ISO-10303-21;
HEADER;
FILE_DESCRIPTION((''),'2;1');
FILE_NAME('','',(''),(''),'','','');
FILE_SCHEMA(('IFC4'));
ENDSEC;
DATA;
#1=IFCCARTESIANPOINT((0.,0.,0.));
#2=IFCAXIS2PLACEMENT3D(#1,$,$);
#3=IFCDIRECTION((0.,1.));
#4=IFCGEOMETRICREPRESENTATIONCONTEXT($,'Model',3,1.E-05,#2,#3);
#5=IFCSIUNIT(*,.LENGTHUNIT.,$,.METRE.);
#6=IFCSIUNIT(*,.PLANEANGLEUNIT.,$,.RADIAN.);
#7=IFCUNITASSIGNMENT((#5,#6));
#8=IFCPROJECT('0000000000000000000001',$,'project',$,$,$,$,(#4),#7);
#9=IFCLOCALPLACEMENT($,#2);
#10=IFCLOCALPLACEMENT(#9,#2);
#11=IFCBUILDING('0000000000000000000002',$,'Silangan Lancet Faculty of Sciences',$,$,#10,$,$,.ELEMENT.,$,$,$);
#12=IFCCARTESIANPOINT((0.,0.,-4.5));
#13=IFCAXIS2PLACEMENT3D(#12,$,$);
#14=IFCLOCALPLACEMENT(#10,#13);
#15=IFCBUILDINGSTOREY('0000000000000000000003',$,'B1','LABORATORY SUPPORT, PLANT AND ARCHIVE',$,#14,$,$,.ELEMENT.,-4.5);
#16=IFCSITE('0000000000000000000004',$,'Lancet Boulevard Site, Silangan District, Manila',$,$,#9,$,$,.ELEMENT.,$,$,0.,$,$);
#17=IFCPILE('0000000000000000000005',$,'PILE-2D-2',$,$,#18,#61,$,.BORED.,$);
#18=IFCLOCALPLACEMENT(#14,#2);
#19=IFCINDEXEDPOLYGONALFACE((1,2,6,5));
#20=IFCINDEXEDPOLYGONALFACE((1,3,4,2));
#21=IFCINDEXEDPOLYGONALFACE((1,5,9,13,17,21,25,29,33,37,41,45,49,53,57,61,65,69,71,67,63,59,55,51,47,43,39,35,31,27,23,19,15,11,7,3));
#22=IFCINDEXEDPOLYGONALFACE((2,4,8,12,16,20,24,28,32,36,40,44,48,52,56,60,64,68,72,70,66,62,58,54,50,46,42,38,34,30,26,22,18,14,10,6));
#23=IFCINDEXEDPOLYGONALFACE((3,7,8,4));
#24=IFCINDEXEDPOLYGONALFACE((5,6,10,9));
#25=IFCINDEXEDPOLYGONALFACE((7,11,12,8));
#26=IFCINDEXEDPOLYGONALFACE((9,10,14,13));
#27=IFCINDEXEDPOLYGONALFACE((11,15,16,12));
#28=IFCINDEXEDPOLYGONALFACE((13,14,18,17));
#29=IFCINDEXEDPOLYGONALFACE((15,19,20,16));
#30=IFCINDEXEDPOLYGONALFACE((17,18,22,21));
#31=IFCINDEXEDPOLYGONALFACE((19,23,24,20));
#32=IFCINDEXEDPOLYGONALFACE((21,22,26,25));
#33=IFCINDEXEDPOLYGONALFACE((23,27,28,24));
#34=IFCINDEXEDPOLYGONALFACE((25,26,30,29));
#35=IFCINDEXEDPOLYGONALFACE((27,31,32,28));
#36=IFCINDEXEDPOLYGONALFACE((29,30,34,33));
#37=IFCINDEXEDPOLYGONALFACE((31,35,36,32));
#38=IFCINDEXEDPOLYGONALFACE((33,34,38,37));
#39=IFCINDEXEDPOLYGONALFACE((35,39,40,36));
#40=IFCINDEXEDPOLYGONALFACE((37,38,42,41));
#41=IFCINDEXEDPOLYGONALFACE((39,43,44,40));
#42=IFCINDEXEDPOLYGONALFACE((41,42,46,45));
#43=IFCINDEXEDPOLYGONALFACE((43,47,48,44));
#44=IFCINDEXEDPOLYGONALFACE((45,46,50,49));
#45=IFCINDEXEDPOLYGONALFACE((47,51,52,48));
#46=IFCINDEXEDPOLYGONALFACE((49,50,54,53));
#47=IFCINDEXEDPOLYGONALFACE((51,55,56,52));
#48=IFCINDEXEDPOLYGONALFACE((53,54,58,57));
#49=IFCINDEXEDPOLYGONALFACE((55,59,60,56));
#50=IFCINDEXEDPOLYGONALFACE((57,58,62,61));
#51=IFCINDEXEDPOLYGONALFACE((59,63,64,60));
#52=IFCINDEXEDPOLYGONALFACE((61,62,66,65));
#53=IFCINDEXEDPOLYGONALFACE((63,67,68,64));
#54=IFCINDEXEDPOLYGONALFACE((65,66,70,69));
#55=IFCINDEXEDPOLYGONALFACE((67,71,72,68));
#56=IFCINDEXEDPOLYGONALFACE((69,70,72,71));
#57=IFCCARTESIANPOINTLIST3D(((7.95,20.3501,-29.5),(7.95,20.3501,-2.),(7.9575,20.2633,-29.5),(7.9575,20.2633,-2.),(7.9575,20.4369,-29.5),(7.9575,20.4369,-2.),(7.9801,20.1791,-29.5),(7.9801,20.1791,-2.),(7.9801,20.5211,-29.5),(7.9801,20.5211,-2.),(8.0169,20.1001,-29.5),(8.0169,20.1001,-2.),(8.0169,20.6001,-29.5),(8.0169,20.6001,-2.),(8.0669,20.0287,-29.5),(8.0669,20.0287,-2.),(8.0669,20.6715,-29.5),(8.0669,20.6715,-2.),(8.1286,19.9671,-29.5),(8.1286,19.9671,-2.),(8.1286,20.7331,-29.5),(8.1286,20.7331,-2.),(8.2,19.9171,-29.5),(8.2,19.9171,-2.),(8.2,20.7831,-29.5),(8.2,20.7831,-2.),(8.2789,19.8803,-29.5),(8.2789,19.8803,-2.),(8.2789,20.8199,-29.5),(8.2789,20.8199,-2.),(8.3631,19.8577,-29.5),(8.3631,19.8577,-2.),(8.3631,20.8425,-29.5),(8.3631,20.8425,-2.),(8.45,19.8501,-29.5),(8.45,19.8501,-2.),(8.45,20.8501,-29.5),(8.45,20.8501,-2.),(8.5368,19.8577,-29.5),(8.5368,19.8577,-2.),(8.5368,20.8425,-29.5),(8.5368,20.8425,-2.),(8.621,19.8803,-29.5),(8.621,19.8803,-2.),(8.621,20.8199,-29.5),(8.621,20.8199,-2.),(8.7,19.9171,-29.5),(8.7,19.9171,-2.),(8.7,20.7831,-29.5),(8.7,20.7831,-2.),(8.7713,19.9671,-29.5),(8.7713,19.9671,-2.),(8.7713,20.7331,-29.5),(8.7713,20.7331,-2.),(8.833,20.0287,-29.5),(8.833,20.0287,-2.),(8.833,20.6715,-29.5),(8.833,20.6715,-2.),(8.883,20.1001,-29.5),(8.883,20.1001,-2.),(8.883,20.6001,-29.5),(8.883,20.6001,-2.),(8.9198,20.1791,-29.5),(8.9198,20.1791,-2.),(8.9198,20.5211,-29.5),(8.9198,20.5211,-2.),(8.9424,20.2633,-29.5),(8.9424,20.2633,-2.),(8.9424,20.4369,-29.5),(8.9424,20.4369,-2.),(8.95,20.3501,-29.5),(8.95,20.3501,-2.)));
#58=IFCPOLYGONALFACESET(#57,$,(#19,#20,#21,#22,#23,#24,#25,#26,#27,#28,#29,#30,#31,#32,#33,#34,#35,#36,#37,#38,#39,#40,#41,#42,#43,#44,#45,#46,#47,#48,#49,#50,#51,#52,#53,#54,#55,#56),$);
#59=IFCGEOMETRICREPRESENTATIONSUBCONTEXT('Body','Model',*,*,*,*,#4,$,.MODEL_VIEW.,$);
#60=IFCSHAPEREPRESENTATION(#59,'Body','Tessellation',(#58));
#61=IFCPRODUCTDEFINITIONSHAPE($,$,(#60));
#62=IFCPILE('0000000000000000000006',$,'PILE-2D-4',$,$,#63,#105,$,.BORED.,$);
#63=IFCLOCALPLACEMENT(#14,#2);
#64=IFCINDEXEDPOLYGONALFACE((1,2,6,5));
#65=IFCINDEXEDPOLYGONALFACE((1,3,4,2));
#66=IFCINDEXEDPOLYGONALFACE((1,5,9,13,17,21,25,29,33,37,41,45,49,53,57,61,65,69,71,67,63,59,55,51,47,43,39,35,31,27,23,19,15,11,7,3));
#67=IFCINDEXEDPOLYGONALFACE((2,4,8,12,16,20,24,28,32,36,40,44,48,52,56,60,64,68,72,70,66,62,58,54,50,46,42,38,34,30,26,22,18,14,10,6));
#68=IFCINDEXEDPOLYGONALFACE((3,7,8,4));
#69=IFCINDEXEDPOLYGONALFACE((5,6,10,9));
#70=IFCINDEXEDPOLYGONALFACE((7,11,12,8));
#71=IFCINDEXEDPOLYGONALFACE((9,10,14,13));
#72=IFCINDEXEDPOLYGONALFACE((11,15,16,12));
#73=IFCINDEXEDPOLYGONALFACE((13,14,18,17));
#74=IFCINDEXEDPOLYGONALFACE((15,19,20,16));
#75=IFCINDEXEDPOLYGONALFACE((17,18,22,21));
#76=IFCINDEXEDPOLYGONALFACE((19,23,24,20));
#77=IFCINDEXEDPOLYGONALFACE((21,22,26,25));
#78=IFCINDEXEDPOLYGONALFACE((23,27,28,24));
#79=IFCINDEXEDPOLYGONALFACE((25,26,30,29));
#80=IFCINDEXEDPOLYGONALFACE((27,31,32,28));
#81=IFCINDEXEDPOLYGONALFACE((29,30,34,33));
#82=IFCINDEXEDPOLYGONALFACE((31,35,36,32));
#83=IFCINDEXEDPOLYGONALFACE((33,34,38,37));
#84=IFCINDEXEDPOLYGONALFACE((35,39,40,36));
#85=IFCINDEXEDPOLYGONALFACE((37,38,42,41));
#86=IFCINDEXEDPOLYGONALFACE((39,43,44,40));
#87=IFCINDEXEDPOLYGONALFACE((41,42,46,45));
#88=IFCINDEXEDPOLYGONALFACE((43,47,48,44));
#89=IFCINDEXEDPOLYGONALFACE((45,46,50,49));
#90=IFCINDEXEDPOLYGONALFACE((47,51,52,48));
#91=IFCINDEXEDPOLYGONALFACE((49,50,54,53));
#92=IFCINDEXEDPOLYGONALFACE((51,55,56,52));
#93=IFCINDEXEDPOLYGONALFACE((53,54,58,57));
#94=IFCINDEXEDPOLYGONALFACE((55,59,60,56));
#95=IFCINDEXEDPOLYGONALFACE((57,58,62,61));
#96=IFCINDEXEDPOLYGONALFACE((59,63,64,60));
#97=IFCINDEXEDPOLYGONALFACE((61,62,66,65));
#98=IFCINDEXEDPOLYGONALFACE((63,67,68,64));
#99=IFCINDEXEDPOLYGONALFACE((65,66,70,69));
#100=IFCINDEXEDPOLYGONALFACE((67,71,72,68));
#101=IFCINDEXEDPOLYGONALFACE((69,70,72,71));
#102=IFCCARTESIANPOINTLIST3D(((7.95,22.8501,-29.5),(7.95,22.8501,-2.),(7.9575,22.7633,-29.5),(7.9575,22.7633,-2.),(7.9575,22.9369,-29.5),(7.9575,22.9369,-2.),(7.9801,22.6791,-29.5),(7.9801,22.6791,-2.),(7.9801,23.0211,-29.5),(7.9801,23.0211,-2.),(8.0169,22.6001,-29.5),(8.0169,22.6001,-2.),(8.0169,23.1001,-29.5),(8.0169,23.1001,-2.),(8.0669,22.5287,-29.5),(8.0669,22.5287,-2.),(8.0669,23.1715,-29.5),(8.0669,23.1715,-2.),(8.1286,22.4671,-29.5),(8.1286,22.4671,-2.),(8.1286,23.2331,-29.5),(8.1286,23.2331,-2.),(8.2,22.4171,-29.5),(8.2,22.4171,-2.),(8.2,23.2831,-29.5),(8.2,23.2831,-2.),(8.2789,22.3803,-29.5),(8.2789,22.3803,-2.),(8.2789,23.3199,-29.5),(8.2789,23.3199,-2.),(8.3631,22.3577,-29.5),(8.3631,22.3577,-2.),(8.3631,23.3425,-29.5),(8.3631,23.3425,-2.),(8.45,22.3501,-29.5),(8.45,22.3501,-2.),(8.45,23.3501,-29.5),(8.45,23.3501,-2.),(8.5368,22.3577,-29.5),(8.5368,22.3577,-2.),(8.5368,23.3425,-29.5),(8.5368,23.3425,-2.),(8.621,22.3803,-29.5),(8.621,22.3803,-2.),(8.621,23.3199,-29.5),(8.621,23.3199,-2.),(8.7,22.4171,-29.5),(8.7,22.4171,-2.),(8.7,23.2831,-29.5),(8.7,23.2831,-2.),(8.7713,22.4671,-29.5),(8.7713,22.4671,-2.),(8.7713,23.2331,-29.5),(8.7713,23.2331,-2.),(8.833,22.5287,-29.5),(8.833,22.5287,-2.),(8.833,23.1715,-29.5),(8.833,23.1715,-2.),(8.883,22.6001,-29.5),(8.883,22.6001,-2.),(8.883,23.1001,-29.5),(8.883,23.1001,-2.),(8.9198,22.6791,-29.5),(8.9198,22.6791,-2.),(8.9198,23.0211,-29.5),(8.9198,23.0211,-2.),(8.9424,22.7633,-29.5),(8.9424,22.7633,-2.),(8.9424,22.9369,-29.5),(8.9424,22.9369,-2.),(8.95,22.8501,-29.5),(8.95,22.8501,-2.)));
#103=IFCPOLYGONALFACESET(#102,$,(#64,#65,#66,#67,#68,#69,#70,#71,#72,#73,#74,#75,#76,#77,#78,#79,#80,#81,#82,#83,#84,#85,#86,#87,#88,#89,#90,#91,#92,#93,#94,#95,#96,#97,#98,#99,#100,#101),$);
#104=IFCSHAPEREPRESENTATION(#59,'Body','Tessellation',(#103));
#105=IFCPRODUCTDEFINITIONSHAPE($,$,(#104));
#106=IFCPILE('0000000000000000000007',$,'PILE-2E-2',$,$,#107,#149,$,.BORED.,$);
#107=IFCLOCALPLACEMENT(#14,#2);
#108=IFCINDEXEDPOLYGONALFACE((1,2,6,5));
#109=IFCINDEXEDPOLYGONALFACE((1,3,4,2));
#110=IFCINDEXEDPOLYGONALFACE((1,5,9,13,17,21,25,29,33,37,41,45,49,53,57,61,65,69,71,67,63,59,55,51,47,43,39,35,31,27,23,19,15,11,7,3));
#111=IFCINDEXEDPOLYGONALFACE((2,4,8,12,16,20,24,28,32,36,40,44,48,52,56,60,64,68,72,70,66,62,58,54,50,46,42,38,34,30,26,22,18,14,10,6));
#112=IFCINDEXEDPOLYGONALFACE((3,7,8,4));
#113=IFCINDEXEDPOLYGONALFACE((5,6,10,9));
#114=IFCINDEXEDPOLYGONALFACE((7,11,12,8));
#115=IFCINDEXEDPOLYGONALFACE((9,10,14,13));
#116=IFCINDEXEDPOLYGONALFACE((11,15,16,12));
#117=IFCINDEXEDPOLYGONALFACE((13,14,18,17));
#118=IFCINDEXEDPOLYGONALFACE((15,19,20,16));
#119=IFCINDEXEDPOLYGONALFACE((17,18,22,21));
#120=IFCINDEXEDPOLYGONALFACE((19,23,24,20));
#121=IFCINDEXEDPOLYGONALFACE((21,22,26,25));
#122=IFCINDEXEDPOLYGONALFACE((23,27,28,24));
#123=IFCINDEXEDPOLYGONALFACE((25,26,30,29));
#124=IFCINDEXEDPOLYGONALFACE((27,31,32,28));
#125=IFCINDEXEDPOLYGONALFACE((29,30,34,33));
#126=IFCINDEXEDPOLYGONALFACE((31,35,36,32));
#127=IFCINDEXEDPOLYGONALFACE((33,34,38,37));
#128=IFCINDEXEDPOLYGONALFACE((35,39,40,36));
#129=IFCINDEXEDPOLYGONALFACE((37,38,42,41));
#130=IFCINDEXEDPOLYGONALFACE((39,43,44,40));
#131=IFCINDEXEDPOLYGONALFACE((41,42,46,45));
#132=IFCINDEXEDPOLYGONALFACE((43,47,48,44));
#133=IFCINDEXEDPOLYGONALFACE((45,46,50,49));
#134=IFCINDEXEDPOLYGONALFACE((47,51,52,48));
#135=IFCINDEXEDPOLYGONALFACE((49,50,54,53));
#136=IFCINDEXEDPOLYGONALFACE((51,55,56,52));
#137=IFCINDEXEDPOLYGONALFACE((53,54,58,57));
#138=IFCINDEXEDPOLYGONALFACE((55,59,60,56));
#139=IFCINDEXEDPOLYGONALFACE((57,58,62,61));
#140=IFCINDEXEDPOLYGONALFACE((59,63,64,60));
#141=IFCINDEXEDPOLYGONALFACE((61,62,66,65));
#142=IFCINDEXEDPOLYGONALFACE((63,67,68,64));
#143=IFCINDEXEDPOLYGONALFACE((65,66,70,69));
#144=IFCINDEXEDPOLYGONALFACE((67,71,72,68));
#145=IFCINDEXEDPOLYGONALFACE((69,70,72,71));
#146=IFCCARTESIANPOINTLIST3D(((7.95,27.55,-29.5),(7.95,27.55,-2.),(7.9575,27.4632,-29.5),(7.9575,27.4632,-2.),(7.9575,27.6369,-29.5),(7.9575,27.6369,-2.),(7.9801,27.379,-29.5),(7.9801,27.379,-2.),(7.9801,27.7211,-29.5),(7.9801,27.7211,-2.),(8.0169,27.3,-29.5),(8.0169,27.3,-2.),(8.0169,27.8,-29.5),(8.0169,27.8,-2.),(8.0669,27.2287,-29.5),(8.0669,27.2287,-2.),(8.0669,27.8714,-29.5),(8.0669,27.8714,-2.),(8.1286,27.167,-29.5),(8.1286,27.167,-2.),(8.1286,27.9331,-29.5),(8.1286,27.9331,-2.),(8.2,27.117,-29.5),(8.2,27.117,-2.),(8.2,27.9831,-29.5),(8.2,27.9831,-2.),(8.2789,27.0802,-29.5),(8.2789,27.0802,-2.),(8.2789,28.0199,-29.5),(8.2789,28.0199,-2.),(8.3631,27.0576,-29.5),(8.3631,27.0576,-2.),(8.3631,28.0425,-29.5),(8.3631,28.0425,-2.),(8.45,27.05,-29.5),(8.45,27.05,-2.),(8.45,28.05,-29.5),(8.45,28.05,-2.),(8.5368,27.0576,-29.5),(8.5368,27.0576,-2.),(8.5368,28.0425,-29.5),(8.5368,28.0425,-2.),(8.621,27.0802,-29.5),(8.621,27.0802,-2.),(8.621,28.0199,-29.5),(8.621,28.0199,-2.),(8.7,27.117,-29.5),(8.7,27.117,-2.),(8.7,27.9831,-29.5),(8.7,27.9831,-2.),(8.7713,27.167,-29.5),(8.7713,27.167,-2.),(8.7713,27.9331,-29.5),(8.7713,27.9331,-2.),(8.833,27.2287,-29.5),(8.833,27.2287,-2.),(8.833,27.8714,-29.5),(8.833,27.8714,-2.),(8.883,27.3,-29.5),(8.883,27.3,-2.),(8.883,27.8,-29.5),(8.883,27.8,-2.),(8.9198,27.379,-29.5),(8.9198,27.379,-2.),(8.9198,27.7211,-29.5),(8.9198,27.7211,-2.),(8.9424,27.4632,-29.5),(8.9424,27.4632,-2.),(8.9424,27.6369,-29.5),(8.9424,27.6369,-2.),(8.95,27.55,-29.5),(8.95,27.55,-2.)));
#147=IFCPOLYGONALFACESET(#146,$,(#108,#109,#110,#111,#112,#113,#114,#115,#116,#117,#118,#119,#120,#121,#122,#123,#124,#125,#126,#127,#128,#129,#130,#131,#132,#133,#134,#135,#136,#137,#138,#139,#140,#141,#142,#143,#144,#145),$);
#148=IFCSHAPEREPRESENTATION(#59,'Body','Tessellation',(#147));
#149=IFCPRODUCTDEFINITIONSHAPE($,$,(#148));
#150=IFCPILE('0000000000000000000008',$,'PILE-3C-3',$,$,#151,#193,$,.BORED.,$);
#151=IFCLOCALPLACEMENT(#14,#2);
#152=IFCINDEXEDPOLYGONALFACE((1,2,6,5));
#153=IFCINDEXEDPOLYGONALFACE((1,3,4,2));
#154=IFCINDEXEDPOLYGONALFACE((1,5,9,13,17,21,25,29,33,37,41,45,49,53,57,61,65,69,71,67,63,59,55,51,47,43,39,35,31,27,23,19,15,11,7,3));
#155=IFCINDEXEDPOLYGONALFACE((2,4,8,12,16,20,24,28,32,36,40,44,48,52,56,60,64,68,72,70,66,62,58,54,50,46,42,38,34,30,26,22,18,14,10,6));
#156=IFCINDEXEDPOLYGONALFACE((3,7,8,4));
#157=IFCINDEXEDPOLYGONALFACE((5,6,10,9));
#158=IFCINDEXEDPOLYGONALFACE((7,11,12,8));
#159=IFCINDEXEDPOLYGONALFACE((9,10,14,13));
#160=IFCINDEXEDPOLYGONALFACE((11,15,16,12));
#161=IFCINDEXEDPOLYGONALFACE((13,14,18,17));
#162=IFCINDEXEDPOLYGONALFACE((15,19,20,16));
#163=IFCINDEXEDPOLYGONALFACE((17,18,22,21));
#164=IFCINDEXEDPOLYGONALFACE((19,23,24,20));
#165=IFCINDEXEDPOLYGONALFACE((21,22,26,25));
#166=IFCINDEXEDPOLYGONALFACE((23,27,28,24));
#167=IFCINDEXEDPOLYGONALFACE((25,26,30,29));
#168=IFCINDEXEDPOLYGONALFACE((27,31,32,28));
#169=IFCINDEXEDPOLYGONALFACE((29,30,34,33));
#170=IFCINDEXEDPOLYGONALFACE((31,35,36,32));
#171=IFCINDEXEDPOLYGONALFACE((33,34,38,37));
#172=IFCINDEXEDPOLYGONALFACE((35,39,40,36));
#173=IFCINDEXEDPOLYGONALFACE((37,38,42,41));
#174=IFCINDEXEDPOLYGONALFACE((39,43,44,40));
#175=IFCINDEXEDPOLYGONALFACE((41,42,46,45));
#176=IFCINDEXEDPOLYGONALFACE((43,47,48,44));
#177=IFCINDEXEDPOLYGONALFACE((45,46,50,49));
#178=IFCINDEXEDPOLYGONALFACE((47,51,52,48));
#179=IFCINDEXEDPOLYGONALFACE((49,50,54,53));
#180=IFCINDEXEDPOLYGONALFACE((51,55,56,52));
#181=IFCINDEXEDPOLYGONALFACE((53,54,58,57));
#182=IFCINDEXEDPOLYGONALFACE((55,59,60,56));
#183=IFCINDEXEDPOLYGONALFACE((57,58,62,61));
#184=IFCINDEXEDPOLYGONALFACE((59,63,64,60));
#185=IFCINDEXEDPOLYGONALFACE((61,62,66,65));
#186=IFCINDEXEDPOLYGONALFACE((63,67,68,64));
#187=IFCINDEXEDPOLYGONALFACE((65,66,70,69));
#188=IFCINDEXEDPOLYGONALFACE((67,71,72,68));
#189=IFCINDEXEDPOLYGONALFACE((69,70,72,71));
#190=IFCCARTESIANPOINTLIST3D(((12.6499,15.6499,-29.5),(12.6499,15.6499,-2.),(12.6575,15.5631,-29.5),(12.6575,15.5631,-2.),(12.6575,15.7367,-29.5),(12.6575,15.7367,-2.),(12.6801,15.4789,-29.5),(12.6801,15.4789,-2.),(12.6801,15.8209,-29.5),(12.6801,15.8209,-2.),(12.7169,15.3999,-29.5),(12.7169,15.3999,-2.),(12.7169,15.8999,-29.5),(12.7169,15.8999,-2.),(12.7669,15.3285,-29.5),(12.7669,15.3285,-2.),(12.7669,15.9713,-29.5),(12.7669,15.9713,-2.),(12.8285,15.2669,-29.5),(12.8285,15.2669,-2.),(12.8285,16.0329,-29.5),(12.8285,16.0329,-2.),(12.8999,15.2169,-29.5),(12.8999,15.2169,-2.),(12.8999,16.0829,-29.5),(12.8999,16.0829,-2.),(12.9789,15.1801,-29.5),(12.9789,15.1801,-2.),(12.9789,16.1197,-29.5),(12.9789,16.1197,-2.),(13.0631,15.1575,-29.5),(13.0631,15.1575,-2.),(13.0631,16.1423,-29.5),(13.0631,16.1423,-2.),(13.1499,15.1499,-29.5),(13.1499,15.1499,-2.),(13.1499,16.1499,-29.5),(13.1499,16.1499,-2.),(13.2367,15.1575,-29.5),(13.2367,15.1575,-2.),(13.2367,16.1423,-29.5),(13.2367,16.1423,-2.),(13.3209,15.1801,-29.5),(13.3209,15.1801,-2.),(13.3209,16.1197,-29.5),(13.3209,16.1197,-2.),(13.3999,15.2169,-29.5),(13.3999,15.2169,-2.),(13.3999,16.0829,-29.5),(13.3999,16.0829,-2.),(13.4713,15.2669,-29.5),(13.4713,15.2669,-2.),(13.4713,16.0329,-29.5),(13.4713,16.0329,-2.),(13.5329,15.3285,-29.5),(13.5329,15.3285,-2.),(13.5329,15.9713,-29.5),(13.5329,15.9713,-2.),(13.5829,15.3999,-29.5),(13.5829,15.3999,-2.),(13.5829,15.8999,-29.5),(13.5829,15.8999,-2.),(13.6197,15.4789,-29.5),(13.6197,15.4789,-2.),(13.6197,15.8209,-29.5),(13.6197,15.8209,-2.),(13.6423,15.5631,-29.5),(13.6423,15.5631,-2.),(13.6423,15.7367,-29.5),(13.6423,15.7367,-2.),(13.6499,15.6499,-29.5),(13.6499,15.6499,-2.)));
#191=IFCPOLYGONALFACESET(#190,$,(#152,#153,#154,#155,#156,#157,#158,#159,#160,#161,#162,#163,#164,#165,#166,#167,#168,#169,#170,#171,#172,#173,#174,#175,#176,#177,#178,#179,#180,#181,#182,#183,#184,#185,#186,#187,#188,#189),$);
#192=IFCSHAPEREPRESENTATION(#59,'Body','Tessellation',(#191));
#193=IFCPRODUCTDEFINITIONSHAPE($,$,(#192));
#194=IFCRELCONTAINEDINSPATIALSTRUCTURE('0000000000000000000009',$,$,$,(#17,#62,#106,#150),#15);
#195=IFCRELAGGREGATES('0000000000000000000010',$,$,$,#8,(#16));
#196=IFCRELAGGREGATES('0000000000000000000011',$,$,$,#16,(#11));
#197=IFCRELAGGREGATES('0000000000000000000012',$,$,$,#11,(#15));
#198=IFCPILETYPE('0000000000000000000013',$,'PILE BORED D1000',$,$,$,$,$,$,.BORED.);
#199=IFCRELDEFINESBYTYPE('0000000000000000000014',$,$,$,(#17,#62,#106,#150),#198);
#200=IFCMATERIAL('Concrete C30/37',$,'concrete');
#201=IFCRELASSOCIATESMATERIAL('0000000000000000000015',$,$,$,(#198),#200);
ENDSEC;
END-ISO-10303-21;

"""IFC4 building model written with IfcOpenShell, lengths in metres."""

from ifc_helpers import new_model, si_unit, direction, frame, origin, origin_2d, place, context, subcontext, project, spatial, circle, extrude, material, material_profile, profile_set, type_object, element, save


model = new_model("IFC4")

# Units and contexts
model_context = context("Model", 3, precision=1e-05, world=origin(), true_north=direction((0.0, 1.0)))
body_context = subcontext(model_context, "Body", "Model", "MODEL_VIEW")
ifc_project = project(units=[si_unit("LENGTHUNIT", "METRE"), si_unit("PLANEANGLEUNIT", "RADIAN")], contexts=[model_context])

# Site, building, storey
site_placement = place(None, origin())
site = spatial("IfcSite", under=ifc_project, at=site_placement, Name="Lancet Boulevard Site, Silangan District, Manila", CompositionType="ELEMENT", RefElevation=0.0)
building_placement = place(site_placement, origin())
building = spatial("IfcBuilding", under=site, at=building_placement, Name="Silangan Lancet Faculty of Sciences", CompositionType="ELEMENT")
storey_placement = place(building_placement, frame((0.0, 0.0, -4.5)))
storey = spatial("IfcBuildingStorey", under=building, at=storey_placement, Name="B1", Description="LABORATORY SUPPORT, PLANT AND ARCHIVE", CompositionType="ELEMENT", Elevation=-4.5)

# Piles
ifc_material_1 = material(Name="Concrete C30/37", Category="concrete")
ifc_material_profile_1 = material_profile(ifc_material_1, circle(Radius=0.5, at=origin_2d()), Name="BORED PILE D1000")
ifc_profile_set_1 = profile_set([ifc_material_profile_1], Name="Concrete C30/37")
pile_type = type_object("IfcPileType", Name="PILE BORED D1000", PredefinedType="BORED", material=ifc_profile_set_1)
for number, where, z_axis, x_axis, name in (
    (1, (8.45, 20.3501, -2.0), (0.0, 0.0, -1.0), (1.0, 0.0, 0.0), "PILE-2D-2"),
    (2, (8.45, 22.8501, -2.0), (0.0, 0.0, -1.0), (1.0, 0.0, 0.0), "PILE-2D-4"),
    (3, (8.45, 27.55, -2.0), (0.0, 0.0, -1.0), (1.0, 0.0, 0.0), "PILE-2E-2"),
    (4, (13.1499, 15.6499, -2.0), (0.0, 0.0, -1.0), (1.0, 0.0, 0.0), "PILE-3C-3"),
):
    element("IfcPile", number, at=place(storey_placement, frame(where, z_axis=z_axis, x_axis=x_axis)), inside=storey, type_object=pile_type, Name=name, PredefinedType="BORED", context=body_context, shape_type="SweptSolid", body=[
        extrude(circle(Radius=0.5, at=origin_2d()), origin(), (0.0, 0.0, 1.0), 27.5),
    ])

save(model, "model.ifc")
